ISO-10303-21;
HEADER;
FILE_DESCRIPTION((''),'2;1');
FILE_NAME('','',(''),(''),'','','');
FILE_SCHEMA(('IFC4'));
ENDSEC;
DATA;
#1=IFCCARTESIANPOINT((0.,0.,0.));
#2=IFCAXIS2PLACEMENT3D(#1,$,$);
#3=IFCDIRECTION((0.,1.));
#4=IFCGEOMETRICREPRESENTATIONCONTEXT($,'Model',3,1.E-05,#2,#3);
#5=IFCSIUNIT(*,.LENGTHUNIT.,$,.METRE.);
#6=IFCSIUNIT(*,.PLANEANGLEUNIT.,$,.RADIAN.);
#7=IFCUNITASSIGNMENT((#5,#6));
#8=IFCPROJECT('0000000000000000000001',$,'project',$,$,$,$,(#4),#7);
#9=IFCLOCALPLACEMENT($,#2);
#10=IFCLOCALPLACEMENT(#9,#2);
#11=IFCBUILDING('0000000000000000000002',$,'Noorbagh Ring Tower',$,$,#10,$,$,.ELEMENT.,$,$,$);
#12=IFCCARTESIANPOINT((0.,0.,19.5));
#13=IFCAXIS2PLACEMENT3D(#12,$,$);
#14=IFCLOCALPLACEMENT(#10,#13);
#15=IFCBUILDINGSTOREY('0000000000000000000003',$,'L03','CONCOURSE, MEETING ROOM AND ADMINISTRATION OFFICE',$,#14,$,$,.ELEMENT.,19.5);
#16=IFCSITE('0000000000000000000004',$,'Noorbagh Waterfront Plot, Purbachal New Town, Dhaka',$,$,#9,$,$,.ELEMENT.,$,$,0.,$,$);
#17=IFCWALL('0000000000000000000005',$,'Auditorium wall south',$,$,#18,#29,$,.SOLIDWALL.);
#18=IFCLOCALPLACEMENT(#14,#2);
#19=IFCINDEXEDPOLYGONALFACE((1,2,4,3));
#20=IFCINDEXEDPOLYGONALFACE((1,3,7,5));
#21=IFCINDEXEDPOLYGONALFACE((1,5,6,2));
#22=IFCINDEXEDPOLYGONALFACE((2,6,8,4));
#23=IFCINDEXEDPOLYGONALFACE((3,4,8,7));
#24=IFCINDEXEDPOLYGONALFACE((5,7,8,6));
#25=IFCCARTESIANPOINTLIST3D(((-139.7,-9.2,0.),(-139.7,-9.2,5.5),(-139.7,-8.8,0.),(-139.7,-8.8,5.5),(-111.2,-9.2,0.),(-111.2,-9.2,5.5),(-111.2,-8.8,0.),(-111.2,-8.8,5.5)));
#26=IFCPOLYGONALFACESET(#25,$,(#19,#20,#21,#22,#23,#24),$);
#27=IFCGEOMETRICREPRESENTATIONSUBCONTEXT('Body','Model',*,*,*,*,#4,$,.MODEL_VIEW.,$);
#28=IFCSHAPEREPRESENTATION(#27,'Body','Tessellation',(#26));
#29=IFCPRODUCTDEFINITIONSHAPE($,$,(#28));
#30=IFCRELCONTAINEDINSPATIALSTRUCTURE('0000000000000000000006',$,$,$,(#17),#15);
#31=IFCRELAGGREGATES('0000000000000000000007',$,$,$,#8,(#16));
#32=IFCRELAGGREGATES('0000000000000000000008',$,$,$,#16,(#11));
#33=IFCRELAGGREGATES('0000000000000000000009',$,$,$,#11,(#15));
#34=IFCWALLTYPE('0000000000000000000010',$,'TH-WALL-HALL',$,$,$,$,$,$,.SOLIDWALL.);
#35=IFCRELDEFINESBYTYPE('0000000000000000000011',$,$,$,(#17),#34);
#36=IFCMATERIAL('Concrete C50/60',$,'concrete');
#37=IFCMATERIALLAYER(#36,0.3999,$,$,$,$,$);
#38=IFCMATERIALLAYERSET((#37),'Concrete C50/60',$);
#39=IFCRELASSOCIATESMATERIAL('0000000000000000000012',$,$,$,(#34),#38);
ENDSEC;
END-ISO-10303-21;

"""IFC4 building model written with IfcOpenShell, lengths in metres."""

from ifc_helpers import new_model, si_unit, direction, frame, frame_2d, origin, place, context, subcontext, project, spatial, rectangle, extrude, material, layer, layer_set, type_object, element, save


model = new_model("IFC4")

# Units and contexts
model_context = context("Model", 3, precision=1e-05, world=origin(), true_north=direction((0.0, 1.0)))
body_context = subcontext(model_context, "Body", "Model", "MODEL_VIEW")
ifc_project = project(units=[si_unit("LENGTHUNIT", "METRE"), si_unit("PLANEANGLEUNIT", "RADIAN")], contexts=[model_context])

# Site, building, storey
site_placement = place(None, origin())
site = spatial("IfcSite", under=ifc_project, at=site_placement, Name="Noorbagh Waterfront Plot, Purbachal New Town, Dhaka", CompositionType="ELEMENT", RefElevation=0.0)
building_placement = place(site_placement, origin())
building = spatial("IfcBuilding", under=site, at=building_placement, Name="Noorbagh Ring Tower", CompositionType="ELEMENT")
storey_placement = place(building_placement, frame((0.0, 0.0, 19.5)))
storey = spatial("IfcBuildingStorey", under=building, at=storey_placement, Name="L03", Description="CONCOURSE, MEETING ROOM AND ADMINISTRATION OFFICE", CompositionType="ELEMENT", Elevation=19.5)

# Wall
ifc_material_1 = material(Name="Concrete C50/60", Category="concrete")
ifc_layer_1 = layer(ifc_material_1, 0.3999)
ifc_layer_set_1 = layer_set([ifc_layer_1], Name="Concrete C50/60")
wall_type_1 = type_object("IfcWallType", Name="TH-WALL-HALL", PredefinedType="SOLIDWALL", material=ifc_layer_set_1)
wall_1_placement = place(storey_placement, frame((-139.7, -9.0, 0.0), z_axis=(0.0, 0.0, 1.0), x_axis=(1.0, 0.0, 0.0)))
element("IfcWall", 1, at=wall_1_placement, inside=storey, type_object=wall_type_1, Name="Auditorium wall south", PredefinedType="SOLIDWALL", context=body_context, shape_type="SweptSolid", body=[
    extrude(rectangle(XDim=28.5, YDim=0.3999, at=frame_2d((14.25, 0.0))), origin(), (0.0, 0.0, 1.0), 5.5),
])

save(model, "model.ifc")
